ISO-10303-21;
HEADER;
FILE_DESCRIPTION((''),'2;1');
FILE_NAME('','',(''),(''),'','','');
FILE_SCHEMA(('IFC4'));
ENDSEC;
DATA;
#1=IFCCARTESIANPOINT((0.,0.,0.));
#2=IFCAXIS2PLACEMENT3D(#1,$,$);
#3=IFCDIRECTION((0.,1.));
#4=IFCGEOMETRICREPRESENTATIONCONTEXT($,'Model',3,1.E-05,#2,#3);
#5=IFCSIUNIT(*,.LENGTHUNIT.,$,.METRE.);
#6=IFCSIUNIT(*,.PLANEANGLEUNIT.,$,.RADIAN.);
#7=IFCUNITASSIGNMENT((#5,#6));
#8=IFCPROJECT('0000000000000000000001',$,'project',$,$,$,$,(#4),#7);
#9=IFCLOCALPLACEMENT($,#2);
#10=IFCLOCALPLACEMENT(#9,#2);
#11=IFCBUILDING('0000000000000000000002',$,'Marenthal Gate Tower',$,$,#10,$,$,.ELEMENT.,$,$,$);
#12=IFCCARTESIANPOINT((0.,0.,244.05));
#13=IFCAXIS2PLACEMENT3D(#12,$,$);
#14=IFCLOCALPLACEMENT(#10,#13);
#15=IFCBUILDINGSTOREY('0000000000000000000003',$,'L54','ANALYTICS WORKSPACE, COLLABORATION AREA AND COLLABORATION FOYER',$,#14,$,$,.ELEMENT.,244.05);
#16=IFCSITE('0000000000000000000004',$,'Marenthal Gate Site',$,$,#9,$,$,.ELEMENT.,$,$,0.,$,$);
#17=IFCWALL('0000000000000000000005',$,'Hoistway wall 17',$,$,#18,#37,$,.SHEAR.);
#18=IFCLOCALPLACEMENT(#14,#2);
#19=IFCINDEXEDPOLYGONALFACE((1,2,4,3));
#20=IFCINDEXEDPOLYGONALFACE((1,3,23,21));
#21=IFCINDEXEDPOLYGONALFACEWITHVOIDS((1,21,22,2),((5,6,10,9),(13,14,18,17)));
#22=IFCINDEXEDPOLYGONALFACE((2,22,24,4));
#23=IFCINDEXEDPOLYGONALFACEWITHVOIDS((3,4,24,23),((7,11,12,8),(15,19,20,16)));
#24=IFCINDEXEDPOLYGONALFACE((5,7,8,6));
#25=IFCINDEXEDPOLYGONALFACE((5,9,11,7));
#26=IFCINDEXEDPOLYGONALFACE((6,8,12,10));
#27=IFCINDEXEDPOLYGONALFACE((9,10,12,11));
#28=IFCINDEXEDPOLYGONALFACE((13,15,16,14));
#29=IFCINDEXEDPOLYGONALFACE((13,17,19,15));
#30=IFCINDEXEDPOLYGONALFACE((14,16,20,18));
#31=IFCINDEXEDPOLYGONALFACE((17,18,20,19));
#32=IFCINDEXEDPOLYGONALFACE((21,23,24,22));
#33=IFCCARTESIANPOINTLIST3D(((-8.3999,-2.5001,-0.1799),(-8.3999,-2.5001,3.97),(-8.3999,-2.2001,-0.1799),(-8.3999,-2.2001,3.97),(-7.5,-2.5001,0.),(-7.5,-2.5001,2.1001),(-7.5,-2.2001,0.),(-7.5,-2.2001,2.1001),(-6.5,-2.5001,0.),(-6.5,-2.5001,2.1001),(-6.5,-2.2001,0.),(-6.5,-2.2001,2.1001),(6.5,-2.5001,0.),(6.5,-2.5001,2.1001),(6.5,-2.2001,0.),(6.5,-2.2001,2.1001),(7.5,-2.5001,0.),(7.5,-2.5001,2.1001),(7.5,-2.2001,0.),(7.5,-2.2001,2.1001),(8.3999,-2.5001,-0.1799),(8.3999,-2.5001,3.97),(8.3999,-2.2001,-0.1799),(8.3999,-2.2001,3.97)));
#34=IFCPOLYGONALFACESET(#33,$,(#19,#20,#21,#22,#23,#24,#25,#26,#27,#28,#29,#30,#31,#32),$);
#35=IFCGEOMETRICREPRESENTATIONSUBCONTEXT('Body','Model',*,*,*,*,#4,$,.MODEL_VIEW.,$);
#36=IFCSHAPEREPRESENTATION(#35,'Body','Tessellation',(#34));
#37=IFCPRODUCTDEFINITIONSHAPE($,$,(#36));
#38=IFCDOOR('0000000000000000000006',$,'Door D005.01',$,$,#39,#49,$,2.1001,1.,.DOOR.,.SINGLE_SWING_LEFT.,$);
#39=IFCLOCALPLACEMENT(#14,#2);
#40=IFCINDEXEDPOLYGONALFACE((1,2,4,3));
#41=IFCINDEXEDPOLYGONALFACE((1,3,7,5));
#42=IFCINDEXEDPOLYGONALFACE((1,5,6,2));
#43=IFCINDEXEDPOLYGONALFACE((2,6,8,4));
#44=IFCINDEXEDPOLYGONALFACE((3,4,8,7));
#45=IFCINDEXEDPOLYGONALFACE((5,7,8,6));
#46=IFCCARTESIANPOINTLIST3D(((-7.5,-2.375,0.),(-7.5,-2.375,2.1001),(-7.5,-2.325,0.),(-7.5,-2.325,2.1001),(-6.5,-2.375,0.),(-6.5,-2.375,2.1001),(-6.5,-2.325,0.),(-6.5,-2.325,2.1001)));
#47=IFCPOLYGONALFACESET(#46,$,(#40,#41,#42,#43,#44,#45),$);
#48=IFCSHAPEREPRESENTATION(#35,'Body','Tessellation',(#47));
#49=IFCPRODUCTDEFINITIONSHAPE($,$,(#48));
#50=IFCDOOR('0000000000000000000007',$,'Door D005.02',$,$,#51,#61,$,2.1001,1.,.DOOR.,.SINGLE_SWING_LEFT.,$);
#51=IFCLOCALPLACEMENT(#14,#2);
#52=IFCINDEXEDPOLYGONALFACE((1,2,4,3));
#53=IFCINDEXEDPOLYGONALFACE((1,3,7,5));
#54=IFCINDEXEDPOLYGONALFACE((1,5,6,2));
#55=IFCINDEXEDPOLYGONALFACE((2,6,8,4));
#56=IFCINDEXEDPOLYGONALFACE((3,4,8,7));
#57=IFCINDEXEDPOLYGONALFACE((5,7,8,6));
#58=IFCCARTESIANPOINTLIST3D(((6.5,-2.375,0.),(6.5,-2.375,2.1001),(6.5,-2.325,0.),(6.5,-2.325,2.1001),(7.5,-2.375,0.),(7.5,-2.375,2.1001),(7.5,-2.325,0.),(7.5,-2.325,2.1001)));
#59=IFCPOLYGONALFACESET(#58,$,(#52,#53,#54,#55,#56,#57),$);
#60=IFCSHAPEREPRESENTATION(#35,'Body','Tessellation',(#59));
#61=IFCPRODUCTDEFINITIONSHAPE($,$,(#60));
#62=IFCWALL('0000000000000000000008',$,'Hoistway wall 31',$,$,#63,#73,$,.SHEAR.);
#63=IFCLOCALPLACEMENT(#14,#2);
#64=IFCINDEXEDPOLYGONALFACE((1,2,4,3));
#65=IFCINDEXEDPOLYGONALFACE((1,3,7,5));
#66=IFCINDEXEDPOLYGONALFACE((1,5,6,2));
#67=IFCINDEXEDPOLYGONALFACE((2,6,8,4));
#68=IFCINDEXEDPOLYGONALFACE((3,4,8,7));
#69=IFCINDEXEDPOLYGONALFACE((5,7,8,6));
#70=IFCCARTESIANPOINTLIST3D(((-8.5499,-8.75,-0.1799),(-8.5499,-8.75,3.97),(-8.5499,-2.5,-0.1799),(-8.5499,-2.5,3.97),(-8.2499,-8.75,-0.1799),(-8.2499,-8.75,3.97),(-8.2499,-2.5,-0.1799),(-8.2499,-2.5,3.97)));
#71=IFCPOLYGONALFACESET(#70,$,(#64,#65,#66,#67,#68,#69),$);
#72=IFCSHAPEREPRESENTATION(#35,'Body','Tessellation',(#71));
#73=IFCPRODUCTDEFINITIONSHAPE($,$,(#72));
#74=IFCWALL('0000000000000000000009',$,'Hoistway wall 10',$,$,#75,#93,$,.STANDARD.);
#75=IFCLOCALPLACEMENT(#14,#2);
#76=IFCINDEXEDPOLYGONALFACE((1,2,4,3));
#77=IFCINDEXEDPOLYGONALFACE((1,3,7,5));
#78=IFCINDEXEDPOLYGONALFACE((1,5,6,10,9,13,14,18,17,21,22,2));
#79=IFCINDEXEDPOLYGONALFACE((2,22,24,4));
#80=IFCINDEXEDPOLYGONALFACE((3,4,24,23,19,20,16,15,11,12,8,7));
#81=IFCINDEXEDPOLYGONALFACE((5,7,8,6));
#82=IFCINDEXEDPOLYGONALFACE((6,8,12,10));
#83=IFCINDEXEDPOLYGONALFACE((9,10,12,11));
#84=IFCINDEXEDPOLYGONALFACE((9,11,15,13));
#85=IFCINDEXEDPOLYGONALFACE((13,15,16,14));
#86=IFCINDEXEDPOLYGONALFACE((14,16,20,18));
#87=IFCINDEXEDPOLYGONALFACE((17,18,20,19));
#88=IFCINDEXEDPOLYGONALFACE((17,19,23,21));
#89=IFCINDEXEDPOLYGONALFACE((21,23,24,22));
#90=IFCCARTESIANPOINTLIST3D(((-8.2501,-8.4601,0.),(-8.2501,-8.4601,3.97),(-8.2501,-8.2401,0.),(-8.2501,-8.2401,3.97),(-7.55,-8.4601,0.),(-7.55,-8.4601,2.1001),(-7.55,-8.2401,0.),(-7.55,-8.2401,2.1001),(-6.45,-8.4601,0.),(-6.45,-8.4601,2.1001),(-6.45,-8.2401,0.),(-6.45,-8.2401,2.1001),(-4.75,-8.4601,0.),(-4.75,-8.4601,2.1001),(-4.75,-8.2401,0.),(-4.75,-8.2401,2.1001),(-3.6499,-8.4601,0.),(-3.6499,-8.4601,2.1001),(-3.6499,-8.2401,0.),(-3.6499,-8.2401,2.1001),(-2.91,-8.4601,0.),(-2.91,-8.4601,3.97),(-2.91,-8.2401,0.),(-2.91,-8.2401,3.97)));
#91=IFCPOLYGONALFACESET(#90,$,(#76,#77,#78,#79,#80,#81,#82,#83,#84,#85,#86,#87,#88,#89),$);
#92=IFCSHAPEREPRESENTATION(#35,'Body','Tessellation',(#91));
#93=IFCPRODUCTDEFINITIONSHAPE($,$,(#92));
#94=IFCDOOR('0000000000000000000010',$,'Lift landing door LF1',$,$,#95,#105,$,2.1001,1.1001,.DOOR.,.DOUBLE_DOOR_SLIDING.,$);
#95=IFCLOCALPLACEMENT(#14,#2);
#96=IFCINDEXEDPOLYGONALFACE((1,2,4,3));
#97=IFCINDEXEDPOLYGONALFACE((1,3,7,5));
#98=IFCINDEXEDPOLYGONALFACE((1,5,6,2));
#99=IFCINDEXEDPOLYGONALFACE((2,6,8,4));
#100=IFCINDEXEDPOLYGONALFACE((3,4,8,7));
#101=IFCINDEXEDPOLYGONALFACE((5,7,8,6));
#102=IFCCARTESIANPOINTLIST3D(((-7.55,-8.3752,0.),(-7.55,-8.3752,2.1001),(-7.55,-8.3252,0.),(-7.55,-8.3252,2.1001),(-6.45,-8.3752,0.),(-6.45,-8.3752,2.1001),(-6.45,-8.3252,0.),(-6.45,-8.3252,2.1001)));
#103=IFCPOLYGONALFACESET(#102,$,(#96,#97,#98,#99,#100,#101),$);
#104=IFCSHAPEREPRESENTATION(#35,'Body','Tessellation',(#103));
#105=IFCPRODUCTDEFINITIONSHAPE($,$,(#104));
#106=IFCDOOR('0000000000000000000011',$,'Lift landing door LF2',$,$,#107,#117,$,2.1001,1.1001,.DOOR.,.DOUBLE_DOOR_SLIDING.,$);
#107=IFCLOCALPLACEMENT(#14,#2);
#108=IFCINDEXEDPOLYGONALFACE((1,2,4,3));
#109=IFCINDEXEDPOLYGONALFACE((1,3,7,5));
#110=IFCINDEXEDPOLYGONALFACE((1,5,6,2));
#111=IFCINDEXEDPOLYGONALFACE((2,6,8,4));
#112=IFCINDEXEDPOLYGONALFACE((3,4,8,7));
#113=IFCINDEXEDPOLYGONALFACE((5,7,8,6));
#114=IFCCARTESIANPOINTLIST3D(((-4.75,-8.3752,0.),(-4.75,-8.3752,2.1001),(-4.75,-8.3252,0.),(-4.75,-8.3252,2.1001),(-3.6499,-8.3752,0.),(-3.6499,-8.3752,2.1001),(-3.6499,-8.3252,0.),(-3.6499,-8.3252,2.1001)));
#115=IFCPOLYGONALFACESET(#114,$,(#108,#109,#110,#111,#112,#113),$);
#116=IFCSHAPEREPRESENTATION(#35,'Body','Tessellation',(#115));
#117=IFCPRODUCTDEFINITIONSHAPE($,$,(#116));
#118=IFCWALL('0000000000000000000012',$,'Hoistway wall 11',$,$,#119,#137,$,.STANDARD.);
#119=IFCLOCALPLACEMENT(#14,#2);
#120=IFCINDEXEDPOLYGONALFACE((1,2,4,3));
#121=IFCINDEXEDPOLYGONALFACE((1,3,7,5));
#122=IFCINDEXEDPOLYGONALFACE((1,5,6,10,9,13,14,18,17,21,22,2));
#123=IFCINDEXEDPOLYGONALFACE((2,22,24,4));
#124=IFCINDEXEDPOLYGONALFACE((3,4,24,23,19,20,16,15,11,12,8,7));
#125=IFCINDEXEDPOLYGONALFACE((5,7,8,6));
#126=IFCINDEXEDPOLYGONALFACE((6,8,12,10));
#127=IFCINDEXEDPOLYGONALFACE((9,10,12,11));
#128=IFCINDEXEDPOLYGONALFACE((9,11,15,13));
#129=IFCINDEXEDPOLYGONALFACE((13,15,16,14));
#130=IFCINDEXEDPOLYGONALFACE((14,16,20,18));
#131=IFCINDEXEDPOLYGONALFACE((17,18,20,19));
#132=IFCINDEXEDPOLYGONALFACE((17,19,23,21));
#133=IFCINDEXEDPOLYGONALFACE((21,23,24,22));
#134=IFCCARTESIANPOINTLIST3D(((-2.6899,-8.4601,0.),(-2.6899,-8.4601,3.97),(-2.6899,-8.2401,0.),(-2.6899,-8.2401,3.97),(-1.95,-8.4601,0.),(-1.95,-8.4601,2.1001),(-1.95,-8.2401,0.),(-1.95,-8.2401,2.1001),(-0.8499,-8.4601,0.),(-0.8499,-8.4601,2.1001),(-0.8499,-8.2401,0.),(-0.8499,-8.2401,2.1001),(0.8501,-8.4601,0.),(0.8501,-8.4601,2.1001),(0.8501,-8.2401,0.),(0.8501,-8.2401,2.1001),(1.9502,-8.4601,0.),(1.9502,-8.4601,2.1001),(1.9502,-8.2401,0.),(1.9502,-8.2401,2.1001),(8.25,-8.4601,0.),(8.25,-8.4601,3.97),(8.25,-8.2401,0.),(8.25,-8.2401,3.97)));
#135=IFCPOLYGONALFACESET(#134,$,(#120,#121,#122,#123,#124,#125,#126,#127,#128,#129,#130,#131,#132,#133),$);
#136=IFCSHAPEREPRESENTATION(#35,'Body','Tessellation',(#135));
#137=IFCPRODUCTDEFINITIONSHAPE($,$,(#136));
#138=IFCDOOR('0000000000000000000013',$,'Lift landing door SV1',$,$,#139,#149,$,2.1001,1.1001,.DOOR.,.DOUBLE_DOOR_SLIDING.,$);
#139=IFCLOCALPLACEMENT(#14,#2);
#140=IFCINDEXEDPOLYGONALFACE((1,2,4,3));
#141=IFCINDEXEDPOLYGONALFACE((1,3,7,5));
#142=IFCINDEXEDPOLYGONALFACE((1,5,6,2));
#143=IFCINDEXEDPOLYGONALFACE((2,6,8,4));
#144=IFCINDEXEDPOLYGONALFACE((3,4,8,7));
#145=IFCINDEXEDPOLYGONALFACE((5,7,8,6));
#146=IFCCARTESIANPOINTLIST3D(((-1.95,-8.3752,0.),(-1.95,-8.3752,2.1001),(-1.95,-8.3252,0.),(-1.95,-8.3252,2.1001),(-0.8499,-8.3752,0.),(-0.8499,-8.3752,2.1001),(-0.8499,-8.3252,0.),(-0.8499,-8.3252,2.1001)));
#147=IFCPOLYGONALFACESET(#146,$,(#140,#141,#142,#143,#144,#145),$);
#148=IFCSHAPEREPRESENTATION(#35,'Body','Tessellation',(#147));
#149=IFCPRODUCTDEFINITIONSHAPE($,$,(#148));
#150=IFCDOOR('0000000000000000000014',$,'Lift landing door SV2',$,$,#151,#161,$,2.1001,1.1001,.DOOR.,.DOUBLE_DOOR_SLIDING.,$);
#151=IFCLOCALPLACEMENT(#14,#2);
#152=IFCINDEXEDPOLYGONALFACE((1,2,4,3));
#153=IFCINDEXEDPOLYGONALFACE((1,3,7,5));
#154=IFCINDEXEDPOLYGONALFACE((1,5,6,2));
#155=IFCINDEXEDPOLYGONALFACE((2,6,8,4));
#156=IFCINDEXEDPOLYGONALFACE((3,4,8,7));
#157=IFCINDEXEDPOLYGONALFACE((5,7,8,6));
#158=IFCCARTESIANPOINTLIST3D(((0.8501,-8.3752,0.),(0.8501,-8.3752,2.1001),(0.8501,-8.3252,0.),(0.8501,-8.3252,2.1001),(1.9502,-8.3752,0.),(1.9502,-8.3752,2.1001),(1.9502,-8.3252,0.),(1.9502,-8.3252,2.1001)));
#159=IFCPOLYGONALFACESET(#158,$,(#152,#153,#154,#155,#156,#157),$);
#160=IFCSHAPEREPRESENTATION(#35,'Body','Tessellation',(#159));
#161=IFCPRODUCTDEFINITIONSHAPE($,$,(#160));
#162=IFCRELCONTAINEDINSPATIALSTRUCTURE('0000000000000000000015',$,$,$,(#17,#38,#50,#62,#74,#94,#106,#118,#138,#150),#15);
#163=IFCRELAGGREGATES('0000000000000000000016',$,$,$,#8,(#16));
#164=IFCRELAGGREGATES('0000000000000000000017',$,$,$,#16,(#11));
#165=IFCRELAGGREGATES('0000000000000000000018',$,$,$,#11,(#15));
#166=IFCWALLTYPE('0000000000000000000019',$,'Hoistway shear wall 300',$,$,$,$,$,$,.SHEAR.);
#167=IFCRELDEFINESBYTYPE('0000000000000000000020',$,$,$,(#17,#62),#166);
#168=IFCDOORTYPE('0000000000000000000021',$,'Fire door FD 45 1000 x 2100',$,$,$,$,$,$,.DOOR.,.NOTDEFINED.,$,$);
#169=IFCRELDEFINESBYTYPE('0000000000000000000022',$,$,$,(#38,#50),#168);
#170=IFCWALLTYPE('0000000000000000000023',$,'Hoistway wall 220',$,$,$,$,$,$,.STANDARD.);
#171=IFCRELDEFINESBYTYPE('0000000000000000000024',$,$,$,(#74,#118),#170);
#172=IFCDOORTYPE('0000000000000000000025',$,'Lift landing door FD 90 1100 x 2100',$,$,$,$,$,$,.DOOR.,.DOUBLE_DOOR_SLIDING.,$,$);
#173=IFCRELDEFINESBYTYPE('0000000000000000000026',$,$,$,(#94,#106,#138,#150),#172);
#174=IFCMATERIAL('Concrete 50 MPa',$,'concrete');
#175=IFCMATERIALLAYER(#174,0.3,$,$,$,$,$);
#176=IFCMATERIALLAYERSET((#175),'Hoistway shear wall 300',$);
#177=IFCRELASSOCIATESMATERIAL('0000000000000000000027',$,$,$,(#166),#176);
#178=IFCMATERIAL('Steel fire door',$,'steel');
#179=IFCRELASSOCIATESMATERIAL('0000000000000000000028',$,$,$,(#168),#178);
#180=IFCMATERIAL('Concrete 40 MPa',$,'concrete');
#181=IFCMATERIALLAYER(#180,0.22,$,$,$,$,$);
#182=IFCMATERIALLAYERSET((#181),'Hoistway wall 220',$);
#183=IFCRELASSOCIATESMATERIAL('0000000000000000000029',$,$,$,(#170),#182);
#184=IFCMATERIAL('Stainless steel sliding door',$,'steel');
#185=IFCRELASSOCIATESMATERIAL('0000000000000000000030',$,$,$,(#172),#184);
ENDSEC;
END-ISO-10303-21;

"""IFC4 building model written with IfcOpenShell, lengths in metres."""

from ifc_helpers import new_model, si_unit, direction, frame, frame_2d, origin, place, context, subcontext, project, spatial, rectangle, extrude, material, layer, layer_set, type_object, element, fill, save


model = new_model("IFC4")

# Units and contexts
model_context = context("Model", 3, precision=1e-05, world=origin(), true_north=direction((0.0, 1.0)))
body_context = subcontext(model_context, "Body", "Model", "MODEL_VIEW")
ifc_project = project(units=[si_unit("LENGTHUNIT", "METRE"), si_unit("PLANEANGLEUNIT", "RADIAN")], contexts=[model_context])

# Site, building, storey
site_placement = place(None, origin())
site = spatial("IfcSite", under=ifc_project, at=site_placement, Name="Marenthal Gate Site", CompositionType="ELEMENT", RefElevation=0.0)
building_placement = place(site_placement, origin())
building = spatial("IfcBuilding", under=site, at=building_placement, Name="Marenthal Gate Tower", CompositionType="ELEMENT")
storey_placement = place(building_placement, frame((0.0, 0.0, 244.05)))
storey = spatial("IfcBuildingStorey", under=building, at=storey_placement, Name="L54", Description="ANALYTICS WORKSPACE, COLLABORATION AREA AND COLLABORATION FOYER", CompositionType="ELEMENT", Elevation=244.05)

# Wall, openings, doors
ifc_material_1 = material(Name="Concrete 50 MPa", Category="concrete")
ifc_layer_1 = layer(ifc_material_1, 0.3)
ifc_layer_set_1 = layer_set([ifc_layer_1], Name="Hoistway shear wall 300")
wall_type_1 = type_object("IfcWallType", Name="Hoistway shear wall 300", PredefinedType="SHEAR", material=ifc_layer_set_1)
wall_1_placement = place(storey_placement, frame((-8.3999, -2.3501, -0.1799), z_axis=(0.0, 0.0, 1.0), x_axis=(1.0, 0.0, 0.0)))
wall_1 = element("IfcWall", 1, at=wall_1_placement, inside=storey, type_object=wall_type_1, Name="Hoistway wall 17", PredefinedType="SHEAR", context=body_context, shape_type="SweptSolid", body=[
    extrude(rectangle(XDim=16.7998, YDim=0.3, at=frame_2d((8.3999, 0.0))), origin(), (0.0, 0.0, 1.0), 4.1499),
])
opening_1_placement = place(wall_1_placement, frame((0.8999, 0.0, 0.1799)))
opening_1 = element("IfcOpeningElement", 2, at=opening_1_placement, cuts=wall_1, PredefinedType="OPENING", context=body_context, shape_type="SweptSolid", body=[
    extrude(rectangle(XDim=1.0, YDim=2.1001, at=frame_2d((0.5, 1.05))), frame((0.0, 0.1602, 0.0), z_axis=(0.0, -1.0, 0.0), x_axis=(1.0, 0.0, 0.0)), (0.0, 0.0, 1.0), 0.3201),
])
opening_2_placement = place(wall_1_placement, frame((14.8999, 0.0, 0.1799)))
opening_2 = element("IfcOpeningElement", 3, at=opening_2_placement, cuts=wall_1, PredefinedType="OPENING", context=body_context, shape_type="SweptSolid", body=[
    extrude(rectangle(XDim=1.0, YDim=2.1001, at=frame_2d((0.5, 1.05))), frame((0.0, 0.1602, 0.0), z_axis=(0.0, -1.0, 0.0), x_axis=(1.0, 0.0, 0.0)), (0.0, 0.0, 1.0), 0.3201),
])
ifc_material_2 = material(Name="Steel fire door", Category="steel")
door_type_1 = type_object("IfcDoorType", Name="Fire door FD 45 1000 x 2100", OperationType="NOTDEFINED", PredefinedType="DOOR", material=ifc_material_2)
door_1_placement = place(opening_1_placement, frame((1.0, 0.0, 0.0), z_axis=(0.0, 0.0, 1.0), x_axis=(-1.0, 0.0, 0.0)))
door_1 = element("IfcDoor", 4, at=door_1_placement, inside=storey, type_object=door_type_1, Name="Door D005.01", OperationType="SINGLE_SWING_LEFT", OverallHeight=2.1001, OverallWidth=1.0, PredefinedType="DOOR", context=body_context, shape_type="SweptSolid", body=[
    extrude(rectangle(XDim=1.0, YDim=2.1001, at=frame_2d((0.5, 1.05))), frame((0.0, 0.0249, 0.0), z_axis=(0.0, -1.0, 0.0), x_axis=(1.0, 0.0, 0.0)), (0.0, 0.0, 1.0), 0.05),
])
fill(opening_1, door_1)
door_2_placement = place(opening_2_placement, frame((1.0, 0.0, 0.0), z_axis=(0.0, 0.0, 1.0), x_axis=(-1.0, 0.0, 0.0)))
door_2 = element("IfcDoor", 5, at=door_2_placement, inside=storey, type_object=door_type_1, Name="Door D005.02", OperationType="SINGLE_SWING_LEFT", OverallHeight=2.1001, OverallWidth=1.0, PredefinedType="DOOR", context=body_context, shape_type="SweptSolid", body=[
    extrude(rectangle(XDim=1.0, YDim=2.1001, at=frame_2d((0.5, 1.05))), frame((0.0, 0.0249, 0.0), z_axis=(0.0, -1.0, 0.0), x_axis=(1.0, 0.0, 0.0)), (0.0, 0.0, 1.0), 0.05),
])
fill(opening_2, door_2)

# Wall
wall_2_placement = place(storey_placement, frame((-8.3999, -8.75, -0.1799), z_axis=(0.0, 0.0, 1.0), x_axis=(0.0, 1.0, 0.0)))
element("IfcWall", 6, at=wall_2_placement, inside=storey, type_object=wall_type_1, Name="Hoistway wall 31", PredefinedType="SHEAR", context=body_context, shape_type="SweptSolid", body=[
    extrude(rectangle(XDim=6.25, YDim=0.3, at=frame_2d((3.125, 0.0))), origin(), (0.0, 0.0, 1.0), 4.1499),
])

# Walls, openings, doors
ifc_material_3 = material(Name="Concrete 40 MPa", Category="concrete")
ifc_layer_2 = layer(ifc_material_3, 0.22)
ifc_layer_set_2 = layer_set([ifc_layer_2], Name="Hoistway wall 220")
wall_type_2 = type_object("IfcWallType", Name="Hoistway wall 220", PredefinedType="STANDARD", material=ifc_layer_set_2)
wall_3_placement = place(storey_placement, frame((-8.25, -8.3501, 0.0), z_axis=(0.0, 0.0, 1.0), x_axis=(1.0, 0.0, 0.0)))
wall_3 = element("IfcWall", 7, at=wall_3_placement, inside=storey, type_object=wall_type_2, Name="Hoistway wall 10", PredefinedType="STANDARD", context=body_context, shape_type="SweptSolid", body=[
    extrude(rectangle(XDim=5.3401, YDim=0.22, at=frame_2d((2.6699, 0.0))), origin(), (0.0, 0.0, 1.0), 3.97),
])
opening_3_placement = place(wall_3_placement, frame((0.7, 0.0, 0.0)))
opening_3 = element("IfcOpeningElement", 8, at=opening_3_placement, cuts=wall_3, PredefinedType="OPENING", context=body_context, shape_type="SweptSolid", body=[
    extrude(rectangle(XDim=1.1001, YDim=2.1001, at=frame_2d((0.55, 1.05))), frame((0.0, 0.1201, 0.0), z_axis=(0.0, -1.0, 0.0), x_axis=(1.0, 0.0, 0.0)), (0.0, 0.0, 1.0), 0.24),
])
opening_4_placement = place(wall_3_placement, frame((3.5, 0.0, 0.0)))
opening_4 = element("IfcOpeningElement", 9, at=opening_4_placement, cuts=wall_3, PredefinedType="OPENING", context=body_context, shape_type="SweptSolid", body=[
    extrude(rectangle(XDim=1.1001, YDim=2.1001, at=frame_2d((0.55, 1.05))), frame((0.0, 0.1201, 0.0), z_axis=(0.0, -1.0, 0.0), x_axis=(1.0, 0.0, 0.0)), (0.0, 0.0, 1.0), 0.24),
])
ifc_material_4 = material(Name="Stainless steel sliding door", Category="steel")
door_type_2 = type_object("IfcDoorType", Name="Lift landing door FD 90 1100 x 2100", OperationType="DOUBLE_DOOR_SLIDING", PredefinedType="DOOR", material=ifc_material_4)
door_3_placement = place(opening_3_placement, origin())
door_3 = element("IfcDoor", 10, at=door_3_placement, inside=storey, type_object=door_type_2, Name="Lift landing door LF1", OperationType="DOUBLE_DOOR_SLIDING", OverallHeight=2.1001, OverallWidth=1.1001, PredefinedType="DOOR", context=body_context, shape_type="SweptSolid", body=[
    extrude(rectangle(XDim=1.1001, YDim=2.1001, at=frame_2d((0.55, 1.05))), frame((0.0, 0.0249, 0.0), z_axis=(0.0, -1.0, 0.0), x_axis=(1.0, 0.0, 0.0)), (0.0, 0.0, 1.0), 0.05),
])
fill(opening_3, door_3)
door_4_placement = place(opening_4_placement, origin())
door_4 = element("IfcDoor", 11, at=door_4_placement, inside=storey, type_object=door_type_2, Name="Lift landing door LF2", OperationType="DOUBLE_DOOR_SLIDING", OverallHeight=2.1001, OverallWidth=1.1001, PredefinedType="DOOR", context=body_context, shape_type="SweptSolid", body=[
    extrude(rectangle(XDim=1.1001, YDim=2.1001, at=frame_2d((0.55, 1.05))), frame((0.0, 0.0249, 0.0), z_axis=(0.0, -1.0, 0.0), x_axis=(1.0, 0.0, 0.0)), (0.0, 0.0, 1.0), 0.05),
])
fill(opening_4, door_4)
wall_4_placement = place(storey_placement, frame((-2.6899, -8.3501, 0.0), z_axis=(0.0, 0.0, 1.0), x_axis=(1.0, 0.0, 0.0)))
wall_4 = element("IfcWall", 12, at=wall_4_placement, inside=storey, type_object=wall_type_2, Name="Hoistway wall 11", PredefinedType="STANDARD", context=body_context, shape_type="SweptSolid", body=[
    extrude(rectangle(XDim=10.9399, YDim=0.22, at=frame_2d((5.47, 0.0))), origin(), (0.0, 0.0, 1.0), 3.97),
])
opening_5_placement = place(wall_4_placement, frame((0.74, 0.0, 0.0)))
opening_5 = element("IfcOpeningElement", 13, at=opening_5_placement, cuts=wall_4, PredefinedType="OPENING", context=body_context, shape_type="SweptSolid", body=[
    extrude(rectangle(XDim=1.1001, YDim=2.1001, at=frame_2d((0.55, 1.05))), frame((0.0, 0.1201, 0.0), z_axis=(0.0, -1.0, 0.0), x_axis=(1.0, 0.0, 0.0)), (0.0, 0.0, 1.0), 0.24),
])
opening_6_placement = place(wall_4_placement, frame((3.54, 0.0, 0.0)))
opening_6 = element("IfcOpeningElement", 14, at=opening_6_placement, cuts=wall_4, PredefinedType="OPENING", context=body_context, shape_type="SweptSolid", body=[
    extrude(rectangle(XDim=1.1001, YDim=2.1001, at=frame_2d((0.55, 1.05))), frame((0.0, 0.1201, 0.0), z_axis=(0.0, -1.0, 0.0), x_axis=(1.0, 0.0, 0.0)), (0.0, 0.0, 1.0), 0.24),
])
door_5_placement = place(opening_5_placement, origin())
door_5 = element("IfcDoor", 15, at=door_5_placement, inside=storey, type_object=door_type_2, Name="Lift landing door SV1", OperationType="DOUBLE_DOOR_SLIDING", OverallHeight=2.1001, OverallWidth=1.1001, PredefinedType="DOOR", context=body_context, shape_type="SweptSolid", body=[
    extrude(rectangle(XDim=1.1001, YDim=2.1001, at=frame_2d((0.55, 1.05))), frame((0.0, 0.0249, 0.0), z_axis=(0.0, -1.0, 0.0), x_axis=(1.0, 0.0, 0.0)), (0.0, 0.0, 1.0), 0.05),
])
fill(opening_5, door_5)
door_6_placement = place(opening_6_placement, origin())
door_6 = element("IfcDoor", 16, at=door_6_placement, inside=storey, type_object=door_type_2, Name="Lift landing door SV2", OperationType="DOUBLE_DOOR_SLIDING", OverallHeight=2.1001, OverallWidth=1.1001, PredefinedType="DOOR", context=body_context, shape_type="SweptSolid", body=[
    extrude(rectangle(XDim=1.1001, YDim=2.1001, at=frame_2d((0.55, 1.05))), frame((0.0, 0.0249, 0.0), z_axis=(0.0, -1.0, 0.0), x_axis=(1.0, 0.0, 0.0)), (0.0, 0.0, 1.0), 0.05),
])
fill(opening_6, door_6)

save(model, "model.ifc")
